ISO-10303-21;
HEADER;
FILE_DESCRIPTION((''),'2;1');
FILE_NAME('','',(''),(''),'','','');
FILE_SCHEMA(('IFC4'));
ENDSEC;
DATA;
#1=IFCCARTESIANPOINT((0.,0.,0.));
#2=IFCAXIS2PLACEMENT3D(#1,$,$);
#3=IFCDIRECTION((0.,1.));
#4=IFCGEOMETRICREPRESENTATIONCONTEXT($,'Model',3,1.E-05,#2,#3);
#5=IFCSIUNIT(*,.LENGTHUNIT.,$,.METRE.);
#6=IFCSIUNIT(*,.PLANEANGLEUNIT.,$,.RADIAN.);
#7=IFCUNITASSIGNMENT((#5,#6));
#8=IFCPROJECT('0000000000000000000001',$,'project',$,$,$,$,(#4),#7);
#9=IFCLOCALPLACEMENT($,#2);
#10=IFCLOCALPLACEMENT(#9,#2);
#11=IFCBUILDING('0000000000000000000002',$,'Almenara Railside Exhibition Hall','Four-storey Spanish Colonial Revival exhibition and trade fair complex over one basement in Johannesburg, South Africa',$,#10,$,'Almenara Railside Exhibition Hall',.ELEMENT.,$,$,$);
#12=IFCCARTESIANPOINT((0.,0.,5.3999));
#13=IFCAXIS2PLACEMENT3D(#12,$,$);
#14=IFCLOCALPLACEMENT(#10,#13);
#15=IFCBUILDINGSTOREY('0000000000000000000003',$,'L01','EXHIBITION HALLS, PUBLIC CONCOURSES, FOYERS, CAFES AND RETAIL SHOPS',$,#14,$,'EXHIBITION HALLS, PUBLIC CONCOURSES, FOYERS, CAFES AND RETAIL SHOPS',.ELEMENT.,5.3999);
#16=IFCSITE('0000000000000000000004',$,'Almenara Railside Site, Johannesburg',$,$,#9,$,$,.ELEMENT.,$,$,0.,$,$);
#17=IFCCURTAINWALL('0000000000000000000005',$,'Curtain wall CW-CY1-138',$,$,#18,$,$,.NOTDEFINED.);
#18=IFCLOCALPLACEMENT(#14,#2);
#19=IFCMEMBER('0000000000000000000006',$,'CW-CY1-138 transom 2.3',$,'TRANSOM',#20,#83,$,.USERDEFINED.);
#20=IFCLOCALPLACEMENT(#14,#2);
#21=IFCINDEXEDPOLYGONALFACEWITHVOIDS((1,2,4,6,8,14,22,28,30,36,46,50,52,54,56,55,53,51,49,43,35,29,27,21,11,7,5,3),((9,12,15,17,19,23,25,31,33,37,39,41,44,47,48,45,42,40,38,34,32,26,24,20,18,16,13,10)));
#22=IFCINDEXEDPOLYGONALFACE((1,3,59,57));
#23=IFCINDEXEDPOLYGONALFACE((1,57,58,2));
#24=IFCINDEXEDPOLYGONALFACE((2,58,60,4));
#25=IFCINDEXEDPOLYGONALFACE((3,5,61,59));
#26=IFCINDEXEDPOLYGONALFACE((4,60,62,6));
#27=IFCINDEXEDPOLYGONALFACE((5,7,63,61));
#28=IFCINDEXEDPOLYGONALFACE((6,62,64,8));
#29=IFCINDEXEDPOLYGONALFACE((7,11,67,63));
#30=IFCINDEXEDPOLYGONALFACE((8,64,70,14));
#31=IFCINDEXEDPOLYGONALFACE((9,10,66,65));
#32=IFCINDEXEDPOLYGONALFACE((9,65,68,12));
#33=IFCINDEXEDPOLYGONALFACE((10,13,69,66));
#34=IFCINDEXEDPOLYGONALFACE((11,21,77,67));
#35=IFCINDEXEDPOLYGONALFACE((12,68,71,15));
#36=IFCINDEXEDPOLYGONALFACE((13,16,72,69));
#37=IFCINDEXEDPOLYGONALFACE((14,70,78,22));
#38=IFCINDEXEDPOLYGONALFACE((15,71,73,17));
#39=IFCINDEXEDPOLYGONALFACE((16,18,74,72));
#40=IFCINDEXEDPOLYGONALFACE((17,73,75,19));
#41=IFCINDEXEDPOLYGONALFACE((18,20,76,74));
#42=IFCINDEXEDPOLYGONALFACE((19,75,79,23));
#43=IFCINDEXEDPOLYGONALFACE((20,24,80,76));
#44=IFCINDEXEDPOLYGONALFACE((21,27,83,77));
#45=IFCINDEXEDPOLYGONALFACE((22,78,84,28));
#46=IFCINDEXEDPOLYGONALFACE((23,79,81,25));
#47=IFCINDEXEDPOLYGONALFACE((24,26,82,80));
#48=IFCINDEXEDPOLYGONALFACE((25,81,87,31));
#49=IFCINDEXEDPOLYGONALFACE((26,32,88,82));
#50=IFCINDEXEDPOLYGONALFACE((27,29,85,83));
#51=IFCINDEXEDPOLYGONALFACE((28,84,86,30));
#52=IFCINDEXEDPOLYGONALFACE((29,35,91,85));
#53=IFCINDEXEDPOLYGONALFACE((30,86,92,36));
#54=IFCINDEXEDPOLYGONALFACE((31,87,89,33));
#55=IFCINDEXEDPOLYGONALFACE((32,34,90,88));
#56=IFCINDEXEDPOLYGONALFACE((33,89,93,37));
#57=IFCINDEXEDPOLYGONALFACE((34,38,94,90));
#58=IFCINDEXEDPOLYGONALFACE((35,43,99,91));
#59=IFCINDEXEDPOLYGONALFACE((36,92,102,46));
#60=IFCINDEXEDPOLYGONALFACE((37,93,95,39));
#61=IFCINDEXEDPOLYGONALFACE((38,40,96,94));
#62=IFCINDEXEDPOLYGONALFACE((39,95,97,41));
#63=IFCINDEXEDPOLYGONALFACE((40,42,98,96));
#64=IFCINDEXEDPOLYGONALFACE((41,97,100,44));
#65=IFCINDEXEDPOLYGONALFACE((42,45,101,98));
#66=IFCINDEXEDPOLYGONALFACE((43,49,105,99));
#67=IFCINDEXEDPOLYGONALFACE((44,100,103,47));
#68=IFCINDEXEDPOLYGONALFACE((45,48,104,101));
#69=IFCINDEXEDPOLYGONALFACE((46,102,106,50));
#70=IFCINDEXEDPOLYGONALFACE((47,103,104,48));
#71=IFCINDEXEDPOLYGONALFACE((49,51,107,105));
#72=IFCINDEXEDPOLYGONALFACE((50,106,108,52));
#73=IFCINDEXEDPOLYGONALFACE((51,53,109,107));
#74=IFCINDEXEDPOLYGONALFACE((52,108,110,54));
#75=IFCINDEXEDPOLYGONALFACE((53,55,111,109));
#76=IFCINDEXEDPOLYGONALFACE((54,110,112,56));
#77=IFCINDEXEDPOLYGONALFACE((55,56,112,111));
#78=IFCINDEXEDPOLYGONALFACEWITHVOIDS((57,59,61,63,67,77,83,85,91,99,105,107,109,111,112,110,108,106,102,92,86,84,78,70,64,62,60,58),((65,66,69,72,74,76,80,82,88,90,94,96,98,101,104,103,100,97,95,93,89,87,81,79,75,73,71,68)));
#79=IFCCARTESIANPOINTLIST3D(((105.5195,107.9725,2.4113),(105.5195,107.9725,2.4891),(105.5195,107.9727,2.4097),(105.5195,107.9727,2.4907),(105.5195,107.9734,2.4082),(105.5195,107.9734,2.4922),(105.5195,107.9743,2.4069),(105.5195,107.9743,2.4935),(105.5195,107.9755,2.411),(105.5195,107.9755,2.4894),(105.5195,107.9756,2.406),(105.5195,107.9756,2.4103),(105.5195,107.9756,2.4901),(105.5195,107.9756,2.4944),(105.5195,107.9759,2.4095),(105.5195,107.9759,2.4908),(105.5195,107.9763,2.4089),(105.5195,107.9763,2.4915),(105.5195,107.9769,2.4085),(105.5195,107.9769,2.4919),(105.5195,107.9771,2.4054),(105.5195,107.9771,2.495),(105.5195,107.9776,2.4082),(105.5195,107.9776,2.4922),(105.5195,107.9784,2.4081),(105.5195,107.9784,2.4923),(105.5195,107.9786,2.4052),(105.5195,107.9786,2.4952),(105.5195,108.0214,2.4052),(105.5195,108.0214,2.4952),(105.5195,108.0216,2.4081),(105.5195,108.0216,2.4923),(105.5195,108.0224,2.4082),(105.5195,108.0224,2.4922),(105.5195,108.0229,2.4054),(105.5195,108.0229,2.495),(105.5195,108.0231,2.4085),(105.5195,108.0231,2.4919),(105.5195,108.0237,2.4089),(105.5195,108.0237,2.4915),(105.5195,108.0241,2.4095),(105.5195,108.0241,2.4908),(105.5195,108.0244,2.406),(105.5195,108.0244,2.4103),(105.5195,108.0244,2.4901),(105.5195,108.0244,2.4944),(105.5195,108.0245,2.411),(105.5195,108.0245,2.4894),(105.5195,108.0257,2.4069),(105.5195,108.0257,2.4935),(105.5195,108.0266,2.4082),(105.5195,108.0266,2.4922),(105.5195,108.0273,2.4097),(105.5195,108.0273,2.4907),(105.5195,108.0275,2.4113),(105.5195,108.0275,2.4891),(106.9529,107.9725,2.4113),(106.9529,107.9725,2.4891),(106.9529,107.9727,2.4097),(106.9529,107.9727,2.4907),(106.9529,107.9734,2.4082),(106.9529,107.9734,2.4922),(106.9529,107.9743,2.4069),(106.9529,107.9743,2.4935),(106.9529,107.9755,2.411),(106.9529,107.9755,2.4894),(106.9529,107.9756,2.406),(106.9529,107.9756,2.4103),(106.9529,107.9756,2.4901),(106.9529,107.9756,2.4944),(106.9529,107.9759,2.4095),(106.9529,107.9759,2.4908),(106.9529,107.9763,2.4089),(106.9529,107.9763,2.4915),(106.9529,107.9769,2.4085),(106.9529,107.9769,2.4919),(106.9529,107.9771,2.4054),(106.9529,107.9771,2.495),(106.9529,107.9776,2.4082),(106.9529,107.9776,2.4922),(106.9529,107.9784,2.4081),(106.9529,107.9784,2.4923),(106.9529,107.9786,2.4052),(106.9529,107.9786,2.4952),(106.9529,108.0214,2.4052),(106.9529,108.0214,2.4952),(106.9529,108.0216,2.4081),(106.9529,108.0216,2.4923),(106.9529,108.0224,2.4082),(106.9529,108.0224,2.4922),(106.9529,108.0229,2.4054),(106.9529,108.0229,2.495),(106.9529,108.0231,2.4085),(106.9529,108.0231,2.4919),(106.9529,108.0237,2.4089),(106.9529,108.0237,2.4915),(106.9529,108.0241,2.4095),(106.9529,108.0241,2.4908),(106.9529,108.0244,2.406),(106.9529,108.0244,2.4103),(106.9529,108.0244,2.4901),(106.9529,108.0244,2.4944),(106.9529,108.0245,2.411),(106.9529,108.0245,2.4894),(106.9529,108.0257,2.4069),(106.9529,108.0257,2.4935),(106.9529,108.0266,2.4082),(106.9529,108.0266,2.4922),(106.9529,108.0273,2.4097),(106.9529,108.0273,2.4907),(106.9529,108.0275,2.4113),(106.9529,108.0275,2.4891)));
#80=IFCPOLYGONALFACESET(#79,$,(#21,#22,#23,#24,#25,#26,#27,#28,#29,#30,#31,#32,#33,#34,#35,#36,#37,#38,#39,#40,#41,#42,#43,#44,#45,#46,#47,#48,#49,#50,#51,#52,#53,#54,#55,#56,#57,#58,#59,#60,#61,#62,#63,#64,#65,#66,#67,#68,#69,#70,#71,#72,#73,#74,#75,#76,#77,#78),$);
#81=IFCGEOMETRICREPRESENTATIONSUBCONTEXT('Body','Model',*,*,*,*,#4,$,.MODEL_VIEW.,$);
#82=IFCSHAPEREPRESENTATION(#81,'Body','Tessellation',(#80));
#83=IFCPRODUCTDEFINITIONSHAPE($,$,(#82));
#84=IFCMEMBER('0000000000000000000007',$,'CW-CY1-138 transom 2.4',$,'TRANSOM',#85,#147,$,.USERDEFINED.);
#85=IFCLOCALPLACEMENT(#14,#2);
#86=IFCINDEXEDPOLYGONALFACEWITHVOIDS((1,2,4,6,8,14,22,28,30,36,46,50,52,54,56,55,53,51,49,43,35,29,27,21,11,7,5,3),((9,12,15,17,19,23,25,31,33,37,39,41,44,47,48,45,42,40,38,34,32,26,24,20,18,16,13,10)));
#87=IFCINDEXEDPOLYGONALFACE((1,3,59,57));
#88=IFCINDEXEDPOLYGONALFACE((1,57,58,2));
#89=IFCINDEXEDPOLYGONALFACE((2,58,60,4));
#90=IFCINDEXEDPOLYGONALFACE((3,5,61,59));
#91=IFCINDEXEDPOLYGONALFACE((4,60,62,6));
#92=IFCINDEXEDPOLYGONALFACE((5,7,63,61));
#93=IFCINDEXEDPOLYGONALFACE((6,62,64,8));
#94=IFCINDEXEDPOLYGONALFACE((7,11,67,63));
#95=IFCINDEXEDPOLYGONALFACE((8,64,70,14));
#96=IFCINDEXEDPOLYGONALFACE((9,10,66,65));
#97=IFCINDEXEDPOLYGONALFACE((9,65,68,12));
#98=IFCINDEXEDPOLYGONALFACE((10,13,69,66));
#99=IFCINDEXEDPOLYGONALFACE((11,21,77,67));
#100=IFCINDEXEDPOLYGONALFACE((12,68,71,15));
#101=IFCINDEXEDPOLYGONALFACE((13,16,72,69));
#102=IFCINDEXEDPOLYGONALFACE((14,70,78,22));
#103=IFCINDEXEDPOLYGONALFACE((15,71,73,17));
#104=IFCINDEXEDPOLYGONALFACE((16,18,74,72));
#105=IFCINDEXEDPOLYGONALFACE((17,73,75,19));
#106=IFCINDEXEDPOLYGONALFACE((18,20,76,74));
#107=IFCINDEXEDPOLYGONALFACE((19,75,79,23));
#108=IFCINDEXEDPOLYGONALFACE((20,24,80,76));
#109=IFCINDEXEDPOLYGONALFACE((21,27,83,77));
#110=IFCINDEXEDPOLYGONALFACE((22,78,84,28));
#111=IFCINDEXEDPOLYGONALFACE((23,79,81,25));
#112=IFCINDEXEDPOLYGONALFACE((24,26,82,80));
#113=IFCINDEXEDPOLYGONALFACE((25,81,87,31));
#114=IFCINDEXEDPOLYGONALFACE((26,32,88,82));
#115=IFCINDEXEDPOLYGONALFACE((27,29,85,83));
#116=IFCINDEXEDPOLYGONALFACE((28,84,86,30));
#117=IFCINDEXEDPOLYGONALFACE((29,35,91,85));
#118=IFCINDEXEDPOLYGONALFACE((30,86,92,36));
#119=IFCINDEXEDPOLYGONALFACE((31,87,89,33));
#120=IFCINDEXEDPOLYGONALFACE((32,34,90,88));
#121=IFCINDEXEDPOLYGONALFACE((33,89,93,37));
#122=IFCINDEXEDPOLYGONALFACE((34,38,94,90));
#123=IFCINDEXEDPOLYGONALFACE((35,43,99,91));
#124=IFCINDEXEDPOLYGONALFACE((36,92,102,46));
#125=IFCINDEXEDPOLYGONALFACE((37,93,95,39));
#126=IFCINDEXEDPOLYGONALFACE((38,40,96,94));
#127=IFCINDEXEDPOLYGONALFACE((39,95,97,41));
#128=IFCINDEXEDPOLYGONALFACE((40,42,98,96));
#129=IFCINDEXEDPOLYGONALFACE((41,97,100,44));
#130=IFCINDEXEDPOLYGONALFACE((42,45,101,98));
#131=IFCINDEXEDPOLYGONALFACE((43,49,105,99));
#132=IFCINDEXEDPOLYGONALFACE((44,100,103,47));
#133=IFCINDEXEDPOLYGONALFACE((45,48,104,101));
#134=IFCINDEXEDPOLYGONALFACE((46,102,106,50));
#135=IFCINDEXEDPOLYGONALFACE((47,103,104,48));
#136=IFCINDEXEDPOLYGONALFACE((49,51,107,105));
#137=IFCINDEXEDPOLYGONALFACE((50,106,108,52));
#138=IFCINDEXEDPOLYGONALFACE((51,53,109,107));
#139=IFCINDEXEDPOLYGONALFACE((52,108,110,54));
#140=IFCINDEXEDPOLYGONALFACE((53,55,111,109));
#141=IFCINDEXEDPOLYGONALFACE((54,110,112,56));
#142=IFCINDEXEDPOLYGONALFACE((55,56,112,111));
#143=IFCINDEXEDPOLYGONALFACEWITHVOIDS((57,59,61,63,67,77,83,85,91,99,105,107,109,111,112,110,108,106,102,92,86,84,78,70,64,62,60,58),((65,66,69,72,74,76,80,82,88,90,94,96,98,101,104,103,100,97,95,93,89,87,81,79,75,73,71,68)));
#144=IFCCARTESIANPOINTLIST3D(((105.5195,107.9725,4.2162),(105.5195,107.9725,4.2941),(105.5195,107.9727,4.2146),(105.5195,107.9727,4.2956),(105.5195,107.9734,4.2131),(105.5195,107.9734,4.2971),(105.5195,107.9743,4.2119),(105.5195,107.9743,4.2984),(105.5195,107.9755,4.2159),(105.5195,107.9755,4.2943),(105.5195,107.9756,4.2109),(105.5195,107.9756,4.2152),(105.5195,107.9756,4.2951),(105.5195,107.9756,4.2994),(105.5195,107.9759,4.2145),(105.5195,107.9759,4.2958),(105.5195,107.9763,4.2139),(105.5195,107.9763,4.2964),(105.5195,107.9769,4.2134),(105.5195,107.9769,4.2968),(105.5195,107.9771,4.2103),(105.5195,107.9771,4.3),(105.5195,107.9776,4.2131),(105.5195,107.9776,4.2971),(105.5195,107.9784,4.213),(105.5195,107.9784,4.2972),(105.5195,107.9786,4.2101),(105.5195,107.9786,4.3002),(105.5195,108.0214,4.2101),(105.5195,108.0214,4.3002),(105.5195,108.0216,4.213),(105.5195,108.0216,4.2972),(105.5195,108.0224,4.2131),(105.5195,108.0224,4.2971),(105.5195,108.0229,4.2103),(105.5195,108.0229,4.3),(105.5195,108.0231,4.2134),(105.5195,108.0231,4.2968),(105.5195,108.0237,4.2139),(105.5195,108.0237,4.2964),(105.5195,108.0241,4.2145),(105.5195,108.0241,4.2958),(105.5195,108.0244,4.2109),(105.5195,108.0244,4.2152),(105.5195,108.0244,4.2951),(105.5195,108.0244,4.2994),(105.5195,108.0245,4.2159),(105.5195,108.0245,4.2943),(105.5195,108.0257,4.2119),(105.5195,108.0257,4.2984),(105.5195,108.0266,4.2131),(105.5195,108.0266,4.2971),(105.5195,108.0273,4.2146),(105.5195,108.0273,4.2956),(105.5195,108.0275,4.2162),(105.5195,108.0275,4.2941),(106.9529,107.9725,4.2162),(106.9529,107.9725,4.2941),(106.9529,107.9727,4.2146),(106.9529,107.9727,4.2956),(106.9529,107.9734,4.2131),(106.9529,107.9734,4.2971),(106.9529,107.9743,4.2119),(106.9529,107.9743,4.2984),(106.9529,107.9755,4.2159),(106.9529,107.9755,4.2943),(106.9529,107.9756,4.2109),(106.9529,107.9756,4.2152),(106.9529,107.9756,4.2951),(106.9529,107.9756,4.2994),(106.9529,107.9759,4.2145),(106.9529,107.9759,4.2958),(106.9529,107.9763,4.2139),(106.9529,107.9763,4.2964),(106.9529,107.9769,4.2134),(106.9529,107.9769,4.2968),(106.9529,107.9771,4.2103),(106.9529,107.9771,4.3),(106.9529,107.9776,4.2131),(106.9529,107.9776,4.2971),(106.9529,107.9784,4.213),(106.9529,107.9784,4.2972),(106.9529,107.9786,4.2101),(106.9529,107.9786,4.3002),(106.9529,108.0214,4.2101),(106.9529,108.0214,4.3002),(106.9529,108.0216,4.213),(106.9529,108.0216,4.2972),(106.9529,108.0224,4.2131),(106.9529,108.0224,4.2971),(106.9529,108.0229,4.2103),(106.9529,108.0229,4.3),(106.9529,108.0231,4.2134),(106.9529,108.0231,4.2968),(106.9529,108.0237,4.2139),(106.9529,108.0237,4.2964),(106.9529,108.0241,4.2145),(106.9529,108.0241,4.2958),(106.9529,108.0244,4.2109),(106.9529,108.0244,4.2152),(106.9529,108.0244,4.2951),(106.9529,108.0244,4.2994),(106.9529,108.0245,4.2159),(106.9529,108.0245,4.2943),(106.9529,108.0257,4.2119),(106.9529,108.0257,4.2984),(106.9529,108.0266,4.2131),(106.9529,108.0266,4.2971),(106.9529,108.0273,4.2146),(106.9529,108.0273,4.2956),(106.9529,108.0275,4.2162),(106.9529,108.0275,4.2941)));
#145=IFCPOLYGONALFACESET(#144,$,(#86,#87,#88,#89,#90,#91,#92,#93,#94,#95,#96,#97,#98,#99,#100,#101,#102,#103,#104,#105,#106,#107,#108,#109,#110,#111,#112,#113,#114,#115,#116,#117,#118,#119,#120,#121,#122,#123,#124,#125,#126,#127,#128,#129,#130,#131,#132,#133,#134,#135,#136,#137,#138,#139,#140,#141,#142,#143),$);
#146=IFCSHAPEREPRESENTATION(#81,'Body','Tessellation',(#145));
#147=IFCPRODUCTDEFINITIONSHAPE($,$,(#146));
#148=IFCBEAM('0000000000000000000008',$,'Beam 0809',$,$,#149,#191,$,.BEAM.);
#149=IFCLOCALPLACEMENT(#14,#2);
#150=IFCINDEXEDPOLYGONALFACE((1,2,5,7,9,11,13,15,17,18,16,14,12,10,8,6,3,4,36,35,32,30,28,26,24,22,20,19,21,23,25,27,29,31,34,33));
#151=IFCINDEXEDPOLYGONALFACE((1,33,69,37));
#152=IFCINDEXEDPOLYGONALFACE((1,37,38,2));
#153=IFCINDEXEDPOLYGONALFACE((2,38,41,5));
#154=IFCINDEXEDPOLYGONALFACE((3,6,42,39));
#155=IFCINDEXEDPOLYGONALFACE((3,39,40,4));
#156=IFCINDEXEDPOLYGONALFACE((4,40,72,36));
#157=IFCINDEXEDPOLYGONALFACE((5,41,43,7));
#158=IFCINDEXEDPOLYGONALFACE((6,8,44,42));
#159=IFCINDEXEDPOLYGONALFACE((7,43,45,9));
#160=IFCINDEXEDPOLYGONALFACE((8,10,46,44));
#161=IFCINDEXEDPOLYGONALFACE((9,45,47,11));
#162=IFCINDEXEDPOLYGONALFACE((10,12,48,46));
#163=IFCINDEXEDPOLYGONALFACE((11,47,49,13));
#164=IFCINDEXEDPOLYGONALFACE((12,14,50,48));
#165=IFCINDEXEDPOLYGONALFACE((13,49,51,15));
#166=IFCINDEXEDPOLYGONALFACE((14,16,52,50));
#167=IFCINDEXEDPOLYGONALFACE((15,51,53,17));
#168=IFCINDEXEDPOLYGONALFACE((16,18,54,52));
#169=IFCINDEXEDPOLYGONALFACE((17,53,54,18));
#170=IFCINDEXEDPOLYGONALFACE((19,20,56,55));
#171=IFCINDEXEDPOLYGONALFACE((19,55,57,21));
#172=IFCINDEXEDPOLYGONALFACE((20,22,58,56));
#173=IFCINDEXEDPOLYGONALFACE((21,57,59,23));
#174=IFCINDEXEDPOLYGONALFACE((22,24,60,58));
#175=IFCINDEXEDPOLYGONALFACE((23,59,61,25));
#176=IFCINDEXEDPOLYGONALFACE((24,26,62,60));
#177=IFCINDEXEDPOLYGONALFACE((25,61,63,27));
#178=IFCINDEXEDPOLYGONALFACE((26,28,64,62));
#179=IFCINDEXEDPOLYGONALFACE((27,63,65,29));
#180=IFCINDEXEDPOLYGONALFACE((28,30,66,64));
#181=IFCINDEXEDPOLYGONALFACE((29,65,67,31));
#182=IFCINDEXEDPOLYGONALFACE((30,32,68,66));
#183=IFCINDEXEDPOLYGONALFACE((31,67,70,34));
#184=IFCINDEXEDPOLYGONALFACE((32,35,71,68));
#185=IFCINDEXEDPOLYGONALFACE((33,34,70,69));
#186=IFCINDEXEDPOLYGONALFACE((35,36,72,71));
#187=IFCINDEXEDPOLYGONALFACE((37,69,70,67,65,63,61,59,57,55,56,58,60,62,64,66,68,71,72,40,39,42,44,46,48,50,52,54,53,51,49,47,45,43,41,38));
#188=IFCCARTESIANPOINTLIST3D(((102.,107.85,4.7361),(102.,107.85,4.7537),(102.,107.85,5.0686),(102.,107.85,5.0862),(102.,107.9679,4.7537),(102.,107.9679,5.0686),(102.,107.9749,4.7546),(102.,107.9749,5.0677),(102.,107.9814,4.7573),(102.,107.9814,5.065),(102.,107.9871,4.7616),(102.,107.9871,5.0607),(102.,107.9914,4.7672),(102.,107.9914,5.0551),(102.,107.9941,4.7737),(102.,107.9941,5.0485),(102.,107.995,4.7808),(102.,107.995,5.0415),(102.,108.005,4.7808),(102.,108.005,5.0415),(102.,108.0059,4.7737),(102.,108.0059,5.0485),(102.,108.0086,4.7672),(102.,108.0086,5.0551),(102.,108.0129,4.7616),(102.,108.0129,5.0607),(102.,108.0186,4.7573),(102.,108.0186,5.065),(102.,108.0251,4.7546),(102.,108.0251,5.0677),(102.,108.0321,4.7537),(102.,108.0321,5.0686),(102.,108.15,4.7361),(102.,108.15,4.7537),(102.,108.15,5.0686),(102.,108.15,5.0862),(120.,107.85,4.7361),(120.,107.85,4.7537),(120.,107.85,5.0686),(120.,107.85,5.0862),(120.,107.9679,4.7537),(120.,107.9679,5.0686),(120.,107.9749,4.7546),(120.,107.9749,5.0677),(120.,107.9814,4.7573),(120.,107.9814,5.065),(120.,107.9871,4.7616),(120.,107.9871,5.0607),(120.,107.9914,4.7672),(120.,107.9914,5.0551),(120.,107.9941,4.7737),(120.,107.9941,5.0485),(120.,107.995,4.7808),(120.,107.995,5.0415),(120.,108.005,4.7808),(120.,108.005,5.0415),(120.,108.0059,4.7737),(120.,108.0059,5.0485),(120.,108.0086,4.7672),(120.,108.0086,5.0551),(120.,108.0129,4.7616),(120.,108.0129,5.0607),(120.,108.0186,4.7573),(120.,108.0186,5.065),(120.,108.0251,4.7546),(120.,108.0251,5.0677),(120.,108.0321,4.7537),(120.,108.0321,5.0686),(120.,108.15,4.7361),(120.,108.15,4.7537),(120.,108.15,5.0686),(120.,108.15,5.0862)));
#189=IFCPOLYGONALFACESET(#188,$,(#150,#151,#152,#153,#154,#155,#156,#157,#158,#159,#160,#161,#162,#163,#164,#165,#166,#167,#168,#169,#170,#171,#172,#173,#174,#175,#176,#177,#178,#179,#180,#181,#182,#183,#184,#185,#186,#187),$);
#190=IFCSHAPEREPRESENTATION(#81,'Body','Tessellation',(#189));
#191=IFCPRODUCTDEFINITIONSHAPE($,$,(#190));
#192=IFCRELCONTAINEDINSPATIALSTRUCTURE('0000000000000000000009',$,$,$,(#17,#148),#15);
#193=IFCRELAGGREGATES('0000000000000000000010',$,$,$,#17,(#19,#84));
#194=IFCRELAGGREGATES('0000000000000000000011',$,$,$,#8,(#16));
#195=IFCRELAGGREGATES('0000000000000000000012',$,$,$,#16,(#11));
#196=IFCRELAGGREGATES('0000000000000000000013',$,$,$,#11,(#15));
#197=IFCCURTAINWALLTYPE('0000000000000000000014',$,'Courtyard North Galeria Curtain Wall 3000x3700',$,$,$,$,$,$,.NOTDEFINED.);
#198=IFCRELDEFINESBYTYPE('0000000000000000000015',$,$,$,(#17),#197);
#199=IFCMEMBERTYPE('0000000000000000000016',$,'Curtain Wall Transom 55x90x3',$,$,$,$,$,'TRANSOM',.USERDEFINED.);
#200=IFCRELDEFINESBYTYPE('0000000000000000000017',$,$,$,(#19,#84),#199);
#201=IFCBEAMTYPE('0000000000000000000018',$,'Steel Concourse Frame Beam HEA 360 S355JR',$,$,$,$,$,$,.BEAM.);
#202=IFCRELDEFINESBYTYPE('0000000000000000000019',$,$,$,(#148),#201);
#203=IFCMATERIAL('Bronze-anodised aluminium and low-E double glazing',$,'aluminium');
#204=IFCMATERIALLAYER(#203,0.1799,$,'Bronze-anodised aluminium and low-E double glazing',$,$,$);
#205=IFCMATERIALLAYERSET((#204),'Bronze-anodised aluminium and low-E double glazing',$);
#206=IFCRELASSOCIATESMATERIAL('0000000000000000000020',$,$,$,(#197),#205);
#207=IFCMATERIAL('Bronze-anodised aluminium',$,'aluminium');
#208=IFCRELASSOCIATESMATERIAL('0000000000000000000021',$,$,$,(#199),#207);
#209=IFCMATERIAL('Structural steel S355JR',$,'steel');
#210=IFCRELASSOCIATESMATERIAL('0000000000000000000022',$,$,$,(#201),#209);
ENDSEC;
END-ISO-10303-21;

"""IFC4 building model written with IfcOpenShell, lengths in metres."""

from ifc_helpers import new_model, si_unit, direction, frame, origin, origin_2d, place, context, subcontext, project, spatial, hollow_rectangle, i_section, extrude, material, layer, layer_set, material_profile, profile_set, type_object, element, aggregate, save


model = new_model("IFC4")

# Units and contexts
model_context = context("Model", 3, precision=1e-05, world=origin(), true_north=direction((0.0, 1.0)))
body_context = subcontext(model_context, "Body", "Model", "MODEL_VIEW")
ifc_project = project(units=[si_unit("LENGTHUNIT", "METRE"), si_unit("PLANEANGLEUNIT", "RADIAN")], contexts=[model_context])

# Site, building, storey
site_placement = place(None, origin())
site = spatial("IfcSite", under=ifc_project, at=site_placement, Name="Almenara Railside Site, Johannesburg", CompositionType="ELEMENT", RefElevation=0.0)
building_placement = place(site_placement, origin())
building = spatial("IfcBuilding", under=site, at=building_placement, Name="Almenara Railside Exhibition Hall", Description="Four-storey Spanish Colonial Revival exhibition and trade fair complex over one basement in Johannesburg, South Africa", LongName="Almenara Railside Exhibition Hall", CompositionType="ELEMENT")
storey_placement = place(building_placement, frame((0.0, 0.0, 5.3999)))
storey = spatial("IfcBuildingStorey", under=building, at=storey_placement, Name="L01", Description="EXHIBITION HALLS, PUBLIC CONCOURSES, FOYERS, CAFES AND RETAIL SHOPS", LongName="EXHIBITION HALLS, PUBLIC CONCOURSES, FOYERS, CAFES AND RETAIL SHOPS", CompositionType="ELEMENT", Elevation=5.3999)

# Curtain wall
ifc_material_1 = material(Name="Bronze-anodised aluminium and low-E double glazing", Category="aluminium")
ifc_layer_1 = layer(ifc_material_1, 0.1799, Name="Bronze-anodised aluminium and low-E double glazing")
ifc_layer_set_1 = layer_set([ifc_layer_1], Name="Bronze-anodised aluminium and low-E double glazing")
curtain_wall_type = type_object("IfcCurtainWallType", Name="Courtyard North Galeria Curtain Wall 3000x3700", PredefinedType="NOTDEFINED", material=ifc_layer_set_1)
curtain_wall_1_placement = place(storey_placement, origin())
curtain_wall_1 = element("IfcCurtainWall", 1, at=curtain_wall_1_placement, inside=storey, type_object=curtain_wall_type, Name="Curtain wall CW-CY1-138", PredefinedType="NOTDEFINED")
ifc_material_2 = material(Name="Bronze-anodised aluminium", Category="aluminium")

# Members
ifc_material_profile_1 = material_profile(ifc_material_2, hollow_rectangle(XDim=0.0549, YDim=0.0901, WallThickness=0.0029, InnerFilletRadius=0.0029, OuterFilletRadius=0.0061, at=origin_2d()), Name="ALU-TRN 55x90x3")
ifc_profile_set_1 = profile_set([ifc_material_profile_1], Name="Bronze-anodised aluminium")
member_type_1 = type_object("IfcMemberType", Name="Curtain Wall Transom 55x90x3", ElementType="TRANSOM", PredefinedType="USERDEFINED", material=ifc_profile_set_1)
member_1_placement = place(storey_placement, frame((105.5195, 108.0, 2.4502), z_axis=(1.0, 0.0, 0.0), x_axis=(0.0, 1.0, 0.0)))
member_1 = element("IfcMember", 2, at=member_1_placement, type_object=member_type_1, Name="CW-CY1-138 transom 2.3", ObjectType="TRANSOM", PredefinedType="USERDEFINED", context=body_context, shape_type="SweptSolid", body=[
    extrude(hollow_rectangle(XDim=0.0549, YDim=0.0901, WallThickness=0.0029, InnerFilletRadius=0.0029, OuterFilletRadius=0.0061, at=origin_2d()), origin(), (0.0, 0.0, 1.0), 1.4333),
])
member_2_placement = place(storey_placement, frame((105.5195, 108.0, 4.2551), z_axis=(1.0, 0.0, 0.0), x_axis=(0.0, 1.0, 0.0)))
member_2 = element("IfcMember", 3, at=member_2_placement, type_object=member_type_1, Name="CW-CY1-138 transom 2.4", ObjectType="TRANSOM", PredefinedType="USERDEFINED", context=body_context, shape_type="SweptSolid", body=[
    extrude(hollow_rectangle(XDim=0.0549, YDim=0.0901, WallThickness=0.0029, InnerFilletRadius=0.0029, OuterFilletRadius=0.0061, at=origin_2d()), origin(), (0.0, 0.0, 1.0), 1.4333),
])

# Beam
ifc_material_3 = material(Name="Structural steel S355JR", Category="steel")
ifc_material_profile_2 = material_profile(ifc_material_3, i_section(OverallWidth=0.3, OverallDepth=0.3501, WebThickness=0.01, FlangeThickness=0.0176, FilletRadius=0.0271, at=origin_2d()), Name="HEA 360")
ifc_profile_set_2 = profile_set([ifc_material_profile_2], Name="Structural steel S355JR")
beam_type = type_object("IfcBeamType", Name="Steel Concourse Frame Beam HEA 360 S355JR", PredefinedType="BEAM", material=ifc_profile_set_2)
beam_placement = place(storey_placement, frame((102.0, 108.0, 4.9111), z_axis=(1.0, 0.0, 0.0), x_axis=(0.0, 1.0, 0.0)))
element("IfcBeam", 4, at=beam_placement, inside=storey, type_object=beam_type, Name="Beam 0809", PredefinedType="BEAM", context=body_context, shape_type="SweptSolid", body=[
    extrude(i_section(OverallWidth=0.3, OverallDepth=0.3501, WebThickness=0.01, FlangeThickness=0.0176, FilletRadius=0.0271, at=origin_2d()), origin(), (0.0, 0.0, 1.0), 18.0),
])

aggregate(curtain_wall_1, [member_1, member_2])

save(model, "model.ifc")
